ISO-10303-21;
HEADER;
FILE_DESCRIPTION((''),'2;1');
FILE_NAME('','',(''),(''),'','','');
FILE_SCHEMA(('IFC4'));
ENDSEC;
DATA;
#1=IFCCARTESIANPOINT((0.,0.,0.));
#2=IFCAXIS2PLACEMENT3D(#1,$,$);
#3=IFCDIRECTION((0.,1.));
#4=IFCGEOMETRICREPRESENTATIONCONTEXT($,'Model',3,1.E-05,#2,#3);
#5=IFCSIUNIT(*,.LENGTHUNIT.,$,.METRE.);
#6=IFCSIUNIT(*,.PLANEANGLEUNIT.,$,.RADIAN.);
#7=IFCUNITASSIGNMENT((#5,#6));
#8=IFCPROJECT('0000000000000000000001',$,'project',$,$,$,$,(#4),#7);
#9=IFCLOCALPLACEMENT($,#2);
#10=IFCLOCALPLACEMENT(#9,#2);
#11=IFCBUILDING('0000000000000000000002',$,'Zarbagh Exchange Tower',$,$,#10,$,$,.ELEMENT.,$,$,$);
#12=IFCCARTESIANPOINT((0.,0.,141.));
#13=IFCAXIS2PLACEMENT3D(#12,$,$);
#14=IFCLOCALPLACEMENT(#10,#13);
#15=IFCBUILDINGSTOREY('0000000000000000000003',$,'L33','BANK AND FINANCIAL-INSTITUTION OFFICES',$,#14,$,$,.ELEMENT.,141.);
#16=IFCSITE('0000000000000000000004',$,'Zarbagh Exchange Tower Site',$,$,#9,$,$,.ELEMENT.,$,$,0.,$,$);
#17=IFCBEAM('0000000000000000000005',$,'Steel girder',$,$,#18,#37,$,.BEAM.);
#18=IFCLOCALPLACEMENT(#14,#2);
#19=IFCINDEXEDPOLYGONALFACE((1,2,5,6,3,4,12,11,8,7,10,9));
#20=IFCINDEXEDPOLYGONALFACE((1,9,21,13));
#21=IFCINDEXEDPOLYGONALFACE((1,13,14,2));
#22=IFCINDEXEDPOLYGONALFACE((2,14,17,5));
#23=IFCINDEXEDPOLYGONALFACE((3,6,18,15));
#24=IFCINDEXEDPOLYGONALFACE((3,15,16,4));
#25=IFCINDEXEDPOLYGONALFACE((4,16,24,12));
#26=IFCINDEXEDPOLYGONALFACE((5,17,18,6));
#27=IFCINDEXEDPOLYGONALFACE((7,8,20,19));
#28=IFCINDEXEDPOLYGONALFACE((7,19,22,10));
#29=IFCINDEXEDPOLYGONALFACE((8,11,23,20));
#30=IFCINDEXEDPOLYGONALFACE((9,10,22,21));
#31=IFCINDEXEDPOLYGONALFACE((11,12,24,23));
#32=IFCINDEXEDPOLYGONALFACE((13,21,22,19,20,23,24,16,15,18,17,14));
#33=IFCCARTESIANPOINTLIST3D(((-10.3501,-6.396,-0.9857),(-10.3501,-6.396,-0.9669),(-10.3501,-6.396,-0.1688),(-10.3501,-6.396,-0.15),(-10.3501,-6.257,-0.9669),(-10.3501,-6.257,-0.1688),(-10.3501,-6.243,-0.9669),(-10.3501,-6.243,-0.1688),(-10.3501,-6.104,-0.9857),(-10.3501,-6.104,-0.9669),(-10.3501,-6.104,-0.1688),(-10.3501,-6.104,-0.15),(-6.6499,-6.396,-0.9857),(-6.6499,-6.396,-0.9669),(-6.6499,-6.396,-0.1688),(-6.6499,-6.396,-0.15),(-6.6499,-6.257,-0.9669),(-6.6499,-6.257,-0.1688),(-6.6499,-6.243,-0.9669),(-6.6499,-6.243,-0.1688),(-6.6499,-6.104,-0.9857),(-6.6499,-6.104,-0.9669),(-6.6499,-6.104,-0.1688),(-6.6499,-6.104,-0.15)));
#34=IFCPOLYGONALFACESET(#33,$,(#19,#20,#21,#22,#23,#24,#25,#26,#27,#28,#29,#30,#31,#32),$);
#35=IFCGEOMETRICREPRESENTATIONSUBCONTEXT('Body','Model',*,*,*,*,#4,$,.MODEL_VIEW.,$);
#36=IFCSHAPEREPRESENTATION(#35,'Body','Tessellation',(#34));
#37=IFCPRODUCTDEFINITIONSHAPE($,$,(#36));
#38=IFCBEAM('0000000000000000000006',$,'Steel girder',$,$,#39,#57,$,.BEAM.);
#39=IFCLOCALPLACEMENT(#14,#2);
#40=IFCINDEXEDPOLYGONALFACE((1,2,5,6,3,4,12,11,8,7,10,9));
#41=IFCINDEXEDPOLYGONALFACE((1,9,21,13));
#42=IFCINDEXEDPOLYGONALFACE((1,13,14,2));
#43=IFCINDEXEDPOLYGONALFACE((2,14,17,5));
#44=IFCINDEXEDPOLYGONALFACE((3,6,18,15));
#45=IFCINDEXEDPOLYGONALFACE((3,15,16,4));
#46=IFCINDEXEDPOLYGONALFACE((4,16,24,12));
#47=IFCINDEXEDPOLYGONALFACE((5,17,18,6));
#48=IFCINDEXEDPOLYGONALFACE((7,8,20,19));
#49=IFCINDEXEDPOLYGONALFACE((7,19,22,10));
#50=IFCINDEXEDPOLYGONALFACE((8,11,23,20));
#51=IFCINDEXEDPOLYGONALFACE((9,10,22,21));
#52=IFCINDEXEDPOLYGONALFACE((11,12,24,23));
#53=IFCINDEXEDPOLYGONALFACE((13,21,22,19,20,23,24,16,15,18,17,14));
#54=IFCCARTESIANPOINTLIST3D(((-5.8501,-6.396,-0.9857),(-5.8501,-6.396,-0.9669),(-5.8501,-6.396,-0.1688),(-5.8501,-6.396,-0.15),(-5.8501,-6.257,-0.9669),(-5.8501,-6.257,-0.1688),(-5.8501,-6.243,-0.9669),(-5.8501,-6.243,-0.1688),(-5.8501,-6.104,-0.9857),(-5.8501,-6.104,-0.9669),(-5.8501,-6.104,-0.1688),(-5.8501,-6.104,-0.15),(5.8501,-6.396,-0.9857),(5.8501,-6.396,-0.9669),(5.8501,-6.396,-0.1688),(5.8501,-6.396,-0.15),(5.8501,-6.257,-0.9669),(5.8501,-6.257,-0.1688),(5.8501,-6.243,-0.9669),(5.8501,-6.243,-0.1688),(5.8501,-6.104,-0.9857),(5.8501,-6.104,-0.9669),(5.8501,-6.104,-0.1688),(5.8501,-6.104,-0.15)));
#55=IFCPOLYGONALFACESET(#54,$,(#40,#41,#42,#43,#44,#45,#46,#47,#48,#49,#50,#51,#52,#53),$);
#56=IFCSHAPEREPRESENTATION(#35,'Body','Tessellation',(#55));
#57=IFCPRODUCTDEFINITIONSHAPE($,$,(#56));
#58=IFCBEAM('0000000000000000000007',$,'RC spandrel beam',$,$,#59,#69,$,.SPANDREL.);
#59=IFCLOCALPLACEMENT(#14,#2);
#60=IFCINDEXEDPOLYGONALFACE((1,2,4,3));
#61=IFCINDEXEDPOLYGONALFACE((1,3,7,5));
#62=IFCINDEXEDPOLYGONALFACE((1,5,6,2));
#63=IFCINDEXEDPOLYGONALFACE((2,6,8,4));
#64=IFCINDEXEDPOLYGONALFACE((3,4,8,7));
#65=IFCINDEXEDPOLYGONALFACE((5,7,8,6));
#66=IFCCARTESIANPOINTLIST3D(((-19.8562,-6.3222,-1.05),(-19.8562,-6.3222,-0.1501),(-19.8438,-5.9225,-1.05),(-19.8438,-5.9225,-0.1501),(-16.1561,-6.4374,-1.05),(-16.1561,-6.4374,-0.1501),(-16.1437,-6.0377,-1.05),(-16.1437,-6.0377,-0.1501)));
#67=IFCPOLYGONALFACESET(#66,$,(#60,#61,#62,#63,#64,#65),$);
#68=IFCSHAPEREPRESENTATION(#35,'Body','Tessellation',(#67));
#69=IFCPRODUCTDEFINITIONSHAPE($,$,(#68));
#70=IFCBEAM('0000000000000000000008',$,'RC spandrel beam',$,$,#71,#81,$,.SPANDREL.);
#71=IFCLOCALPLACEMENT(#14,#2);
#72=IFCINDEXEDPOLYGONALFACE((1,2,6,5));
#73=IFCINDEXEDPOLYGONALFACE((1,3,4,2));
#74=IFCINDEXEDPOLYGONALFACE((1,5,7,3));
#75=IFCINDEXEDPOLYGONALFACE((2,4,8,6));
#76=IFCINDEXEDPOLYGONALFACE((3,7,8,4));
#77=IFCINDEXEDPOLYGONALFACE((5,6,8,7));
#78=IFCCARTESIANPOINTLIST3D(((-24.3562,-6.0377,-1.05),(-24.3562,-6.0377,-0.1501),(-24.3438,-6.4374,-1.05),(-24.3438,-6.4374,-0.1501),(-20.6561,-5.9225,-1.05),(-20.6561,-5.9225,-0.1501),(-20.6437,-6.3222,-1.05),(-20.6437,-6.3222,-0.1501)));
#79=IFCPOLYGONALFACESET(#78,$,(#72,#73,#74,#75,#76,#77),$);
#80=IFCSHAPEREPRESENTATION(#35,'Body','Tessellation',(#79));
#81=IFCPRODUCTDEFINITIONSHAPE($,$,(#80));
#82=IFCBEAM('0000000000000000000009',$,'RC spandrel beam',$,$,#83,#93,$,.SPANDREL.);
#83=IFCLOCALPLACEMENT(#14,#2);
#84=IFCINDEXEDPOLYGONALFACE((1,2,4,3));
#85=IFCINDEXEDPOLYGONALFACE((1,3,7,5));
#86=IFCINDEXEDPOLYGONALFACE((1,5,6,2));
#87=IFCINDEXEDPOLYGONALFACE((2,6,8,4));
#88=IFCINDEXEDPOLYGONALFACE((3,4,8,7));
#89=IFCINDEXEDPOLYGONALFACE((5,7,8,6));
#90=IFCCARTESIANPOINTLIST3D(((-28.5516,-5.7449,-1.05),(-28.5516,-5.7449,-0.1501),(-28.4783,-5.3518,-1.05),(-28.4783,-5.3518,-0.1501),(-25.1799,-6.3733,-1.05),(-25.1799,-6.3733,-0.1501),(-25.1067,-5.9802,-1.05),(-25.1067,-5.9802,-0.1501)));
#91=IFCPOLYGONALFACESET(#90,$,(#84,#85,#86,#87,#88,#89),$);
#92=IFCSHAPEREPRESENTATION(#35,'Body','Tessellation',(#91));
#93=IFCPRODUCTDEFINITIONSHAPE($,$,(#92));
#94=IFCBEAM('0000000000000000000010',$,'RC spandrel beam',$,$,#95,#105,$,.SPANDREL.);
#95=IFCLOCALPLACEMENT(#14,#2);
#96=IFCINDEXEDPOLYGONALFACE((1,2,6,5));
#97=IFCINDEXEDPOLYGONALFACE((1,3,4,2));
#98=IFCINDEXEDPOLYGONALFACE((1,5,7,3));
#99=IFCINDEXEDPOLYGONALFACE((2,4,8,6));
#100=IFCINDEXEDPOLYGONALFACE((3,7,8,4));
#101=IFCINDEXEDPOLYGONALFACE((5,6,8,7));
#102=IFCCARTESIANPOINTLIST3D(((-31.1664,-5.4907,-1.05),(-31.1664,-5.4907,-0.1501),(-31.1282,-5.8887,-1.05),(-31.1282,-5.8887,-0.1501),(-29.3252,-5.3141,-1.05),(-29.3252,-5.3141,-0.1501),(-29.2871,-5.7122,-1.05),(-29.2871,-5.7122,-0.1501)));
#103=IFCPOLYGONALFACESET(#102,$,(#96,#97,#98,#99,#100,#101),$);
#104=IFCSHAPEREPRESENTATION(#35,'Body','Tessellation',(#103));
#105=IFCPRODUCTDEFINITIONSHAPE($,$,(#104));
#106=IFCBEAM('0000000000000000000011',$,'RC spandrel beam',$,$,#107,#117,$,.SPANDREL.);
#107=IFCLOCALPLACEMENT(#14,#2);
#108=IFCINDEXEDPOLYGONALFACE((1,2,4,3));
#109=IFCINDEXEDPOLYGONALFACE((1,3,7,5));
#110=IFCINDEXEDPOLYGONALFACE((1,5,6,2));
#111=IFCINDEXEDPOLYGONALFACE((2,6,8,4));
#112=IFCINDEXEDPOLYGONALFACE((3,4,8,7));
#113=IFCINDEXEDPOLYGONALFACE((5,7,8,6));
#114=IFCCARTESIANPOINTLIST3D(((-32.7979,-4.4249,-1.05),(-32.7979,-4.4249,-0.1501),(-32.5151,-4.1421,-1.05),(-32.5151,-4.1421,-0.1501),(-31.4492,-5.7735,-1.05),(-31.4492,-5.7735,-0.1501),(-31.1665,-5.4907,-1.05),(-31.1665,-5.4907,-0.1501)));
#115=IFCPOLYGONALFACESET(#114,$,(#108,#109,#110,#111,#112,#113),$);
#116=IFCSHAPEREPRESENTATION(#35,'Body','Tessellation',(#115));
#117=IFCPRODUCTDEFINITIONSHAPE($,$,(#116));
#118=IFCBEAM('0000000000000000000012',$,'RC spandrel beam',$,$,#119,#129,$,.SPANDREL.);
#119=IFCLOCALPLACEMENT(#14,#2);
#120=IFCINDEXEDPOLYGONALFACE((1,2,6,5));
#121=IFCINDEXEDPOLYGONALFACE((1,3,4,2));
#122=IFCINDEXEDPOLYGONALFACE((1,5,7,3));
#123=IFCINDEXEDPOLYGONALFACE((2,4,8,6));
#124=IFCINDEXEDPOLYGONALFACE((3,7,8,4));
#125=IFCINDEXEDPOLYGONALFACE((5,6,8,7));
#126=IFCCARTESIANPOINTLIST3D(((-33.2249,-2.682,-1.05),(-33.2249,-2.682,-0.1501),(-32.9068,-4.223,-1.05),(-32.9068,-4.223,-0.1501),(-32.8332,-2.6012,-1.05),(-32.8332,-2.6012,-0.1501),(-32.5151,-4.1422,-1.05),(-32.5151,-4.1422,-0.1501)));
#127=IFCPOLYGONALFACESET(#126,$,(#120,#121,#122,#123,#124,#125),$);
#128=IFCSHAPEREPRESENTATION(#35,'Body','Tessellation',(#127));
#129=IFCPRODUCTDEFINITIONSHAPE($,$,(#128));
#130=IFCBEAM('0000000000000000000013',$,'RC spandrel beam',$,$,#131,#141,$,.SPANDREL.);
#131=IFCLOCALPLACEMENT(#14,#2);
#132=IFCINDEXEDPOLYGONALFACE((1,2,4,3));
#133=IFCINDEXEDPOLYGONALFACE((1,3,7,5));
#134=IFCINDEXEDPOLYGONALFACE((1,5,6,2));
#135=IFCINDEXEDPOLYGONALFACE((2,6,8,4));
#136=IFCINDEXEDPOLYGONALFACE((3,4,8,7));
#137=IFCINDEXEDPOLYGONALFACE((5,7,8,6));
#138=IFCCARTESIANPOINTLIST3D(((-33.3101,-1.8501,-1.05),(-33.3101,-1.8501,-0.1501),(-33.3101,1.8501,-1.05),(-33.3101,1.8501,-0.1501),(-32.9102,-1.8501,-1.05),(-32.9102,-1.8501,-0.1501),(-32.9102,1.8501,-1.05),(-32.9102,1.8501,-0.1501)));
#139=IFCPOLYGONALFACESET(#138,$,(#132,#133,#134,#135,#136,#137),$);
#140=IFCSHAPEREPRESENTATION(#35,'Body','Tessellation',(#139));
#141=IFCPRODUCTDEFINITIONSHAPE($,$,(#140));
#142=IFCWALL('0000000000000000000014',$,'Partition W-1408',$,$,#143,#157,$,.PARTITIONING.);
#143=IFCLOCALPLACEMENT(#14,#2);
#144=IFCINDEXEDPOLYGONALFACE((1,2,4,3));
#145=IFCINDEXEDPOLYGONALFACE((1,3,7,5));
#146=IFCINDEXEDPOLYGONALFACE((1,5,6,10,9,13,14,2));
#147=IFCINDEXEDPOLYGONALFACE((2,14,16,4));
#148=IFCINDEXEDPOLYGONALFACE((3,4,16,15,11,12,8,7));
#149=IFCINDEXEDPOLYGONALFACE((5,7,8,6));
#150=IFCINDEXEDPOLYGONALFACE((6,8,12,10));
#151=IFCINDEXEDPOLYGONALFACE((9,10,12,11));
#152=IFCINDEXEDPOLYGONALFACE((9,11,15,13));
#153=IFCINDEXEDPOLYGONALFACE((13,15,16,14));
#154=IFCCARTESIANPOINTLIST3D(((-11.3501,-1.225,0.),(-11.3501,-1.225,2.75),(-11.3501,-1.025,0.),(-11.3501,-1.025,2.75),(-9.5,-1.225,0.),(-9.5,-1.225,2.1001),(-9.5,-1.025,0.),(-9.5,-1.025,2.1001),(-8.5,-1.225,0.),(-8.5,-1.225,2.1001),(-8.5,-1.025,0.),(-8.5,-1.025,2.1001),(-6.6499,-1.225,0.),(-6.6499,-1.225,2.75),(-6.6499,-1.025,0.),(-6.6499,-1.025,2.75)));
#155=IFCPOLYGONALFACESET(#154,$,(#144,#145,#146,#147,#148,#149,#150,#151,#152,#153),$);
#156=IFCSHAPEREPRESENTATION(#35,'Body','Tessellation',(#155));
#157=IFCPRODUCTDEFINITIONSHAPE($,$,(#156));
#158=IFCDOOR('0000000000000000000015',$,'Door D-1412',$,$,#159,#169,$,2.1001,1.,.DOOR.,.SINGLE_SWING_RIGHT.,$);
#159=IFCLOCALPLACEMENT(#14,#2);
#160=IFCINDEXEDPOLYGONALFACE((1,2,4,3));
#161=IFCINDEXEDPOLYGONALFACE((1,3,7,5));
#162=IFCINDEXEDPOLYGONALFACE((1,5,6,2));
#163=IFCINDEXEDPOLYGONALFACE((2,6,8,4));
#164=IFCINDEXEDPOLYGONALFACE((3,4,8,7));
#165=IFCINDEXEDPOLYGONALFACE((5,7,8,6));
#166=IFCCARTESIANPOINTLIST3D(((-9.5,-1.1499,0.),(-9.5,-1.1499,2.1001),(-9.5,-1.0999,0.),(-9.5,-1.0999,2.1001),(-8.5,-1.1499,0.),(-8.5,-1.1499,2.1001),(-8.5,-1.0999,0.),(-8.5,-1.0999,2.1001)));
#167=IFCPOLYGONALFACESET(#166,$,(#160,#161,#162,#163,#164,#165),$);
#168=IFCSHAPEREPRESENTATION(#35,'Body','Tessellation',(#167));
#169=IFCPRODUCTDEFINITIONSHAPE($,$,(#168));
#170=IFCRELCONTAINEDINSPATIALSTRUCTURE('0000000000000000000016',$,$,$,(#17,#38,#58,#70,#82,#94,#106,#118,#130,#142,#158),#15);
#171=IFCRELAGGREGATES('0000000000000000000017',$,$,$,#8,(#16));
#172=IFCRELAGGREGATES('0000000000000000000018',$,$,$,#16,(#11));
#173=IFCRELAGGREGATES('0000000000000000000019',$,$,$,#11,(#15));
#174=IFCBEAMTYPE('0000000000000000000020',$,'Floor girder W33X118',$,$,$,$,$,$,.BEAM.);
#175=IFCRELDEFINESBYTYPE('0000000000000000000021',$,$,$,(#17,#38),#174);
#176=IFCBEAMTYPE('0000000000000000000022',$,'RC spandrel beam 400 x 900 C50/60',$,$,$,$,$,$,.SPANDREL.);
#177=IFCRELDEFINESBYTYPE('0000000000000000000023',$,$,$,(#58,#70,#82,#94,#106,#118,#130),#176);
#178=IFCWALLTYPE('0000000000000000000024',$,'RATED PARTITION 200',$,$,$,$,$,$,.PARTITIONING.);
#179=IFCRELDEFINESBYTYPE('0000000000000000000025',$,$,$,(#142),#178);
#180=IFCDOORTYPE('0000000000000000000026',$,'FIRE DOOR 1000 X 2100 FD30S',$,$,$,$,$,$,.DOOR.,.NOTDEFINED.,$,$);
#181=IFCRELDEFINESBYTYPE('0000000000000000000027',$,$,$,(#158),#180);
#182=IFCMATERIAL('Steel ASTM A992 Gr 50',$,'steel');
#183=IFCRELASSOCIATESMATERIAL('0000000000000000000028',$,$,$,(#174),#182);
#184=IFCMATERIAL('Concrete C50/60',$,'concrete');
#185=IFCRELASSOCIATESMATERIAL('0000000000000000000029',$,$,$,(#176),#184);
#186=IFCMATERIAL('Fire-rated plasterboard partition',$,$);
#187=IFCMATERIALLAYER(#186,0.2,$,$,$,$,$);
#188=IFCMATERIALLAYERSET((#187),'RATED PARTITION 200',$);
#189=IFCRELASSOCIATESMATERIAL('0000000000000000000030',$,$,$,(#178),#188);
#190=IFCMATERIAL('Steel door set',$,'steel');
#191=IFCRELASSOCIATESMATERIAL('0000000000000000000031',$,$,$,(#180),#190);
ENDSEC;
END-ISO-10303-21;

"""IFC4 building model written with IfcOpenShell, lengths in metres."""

from ifc_helpers import new_model, si_unit, direction, frame, frame_2d, origin, origin_2d, place, context, subcontext, project, spatial, rectangle, i_section, extrude, material, layer, layer_set, material_profile, profile_set, type_object, element, fill, save


model = new_model("IFC4")

# Units and contexts
model_context = context("Model", 3, precision=1e-05, world=origin(), true_north=direction((0.0, 1.0)))
body_context = subcontext(model_context, "Body", "Model", "MODEL_VIEW")
ifc_project = project(units=[si_unit("LENGTHUNIT", "METRE"), si_unit("PLANEANGLEUNIT", "RADIAN")], contexts=[model_context])

# Site, building, storey
site_placement = place(None, origin())
site = spatial("IfcSite", under=ifc_project, at=site_placement, Name="Zarbagh Exchange Tower Site", CompositionType="ELEMENT", RefElevation=0.0)
building_placement = place(site_placement, origin())
building = spatial("IfcBuilding", under=site, at=building_placement, Name="Zarbagh Exchange Tower", CompositionType="ELEMENT")
storey_placement = place(building_placement, frame((0.0, 0.0, 141.0)))
storey = spatial("IfcBuildingStorey", under=building, at=storey_placement, Name="L33", Description="BANK AND FINANCIAL-INSTITUTION OFFICES", CompositionType="ELEMENT", Elevation=141.0)

# Shared definitions
ifc_material_1 = material(Name="Concrete C50/60", Category="concrete")

# Beams
ifc_material_2 = material(Name="Steel ASTM A992 Gr 50", Category="steel")
ifc_material_profile_1 = material_profile(ifc_material_2, i_section(OverallWidth=0.292, OverallDepth=0.8357, WebThickness=0.0139, FlangeThickness=0.0188, at=origin_2d()), Name="W33X118")
ifc_profile_set_1 = profile_set([ifc_material_profile_1], Name="Steel ASTM A992 Gr 50")
beam_type_1 = type_object("IfcBeamType", Name="Floor girder W33X118", PredefinedType="BEAM", material=ifc_profile_set_1)
beam_1_placement = place(storey_placement, frame((-10.3501, -6.25, -0.5679), z_axis=(1.0, 0.0, 0.0), x_axis=(0.0, 1.0, 0.0)))
element("IfcBeam", 1, at=beam_1_placement, inside=storey, type_object=beam_type_1, Name="Steel girder", PredefinedType="BEAM", context=body_context, shape_type="SweptSolid", body=[
    extrude(i_section(OverallWidth=0.292, OverallDepth=0.8357, WebThickness=0.0139, FlangeThickness=0.0188, at=origin_2d()), origin(), (0.0, 0.0, 1.0), 3.7002),
])
beam_2_placement = place(storey_placement, frame((-5.8501, -6.25, -0.5679), z_axis=(1.0, 0.0, 0.0), x_axis=(0.0, 1.0, 0.0)))
element("IfcBeam", 2, at=beam_2_placement, inside=storey, type_object=beam_type_1, Name="Steel girder", PredefinedType="BEAM", context=body_context, shape_type="SweptSolid", body=[
    extrude(i_section(OverallWidth=0.292, OverallDepth=0.8357, WebThickness=0.0139, FlangeThickness=0.0188, at=origin_2d()), origin(), (0.0, 0.0, 1.0), 11.7002),
])
ifc_material_profile_2 = material_profile(ifc_material_1, rectangle(XDim=0.3999, YDim=0.8999, at=origin_2d()), Name="RC spandrel beam 400 x 900 C50/60")
ifc_profile_set_2 = profile_set([ifc_material_profile_2], Name="Concrete C50/60")
beam_type_2 = type_object("IfcBeamType", Name="RC spandrel beam 400 x 900 C50/60", PredefinedType="SPANDREL", material=ifc_profile_set_2)
for number, where, z_axis, x_axis, name in (
    (3, (-16.1499, -6.2375, -0.6001), (-0.999515, 0.031128, 0.0), (-0.031128, -0.999515, 0.0), "RC spandrel beam"),
    (4, (-20.6499, -6.1223, -0.6001), (-0.999515, -0.031128, 0.0), (0.031128, -0.999515, 0.0), "RC spandrel beam"),
):
    element("IfcBeam", number, at=place(storey_placement, frame(where, z_axis=z_axis, x_axis=x_axis)), inside=storey, type_object=beam_type_2, Name=name, PredefinedType="SPANDREL", context=body_context, shape_type="SweptSolid", body=[
        extrude(rectangle(XDim=0.3999, YDim=0.8999, at=origin_2d()), origin(), (0.0, 0.0, 1.0), 3.7019),
    ])
beam_3_placement = place(storey_placement, frame((-25.1433, -6.1768, -0.6001), z_axis=(-0.98307, 0.183231, 0.0), x_axis=(-0.183231, -0.98307, 0.0)))
element("IfcBeam", 5, at=beam_3_placement, inside=storey, type_object=beam_type_2, Name="RC spandrel beam", PredefinedType="SPANDREL", context=body_context, shape_type="SweptSolid", body=[
    extrude(rectangle(XDim=0.3999, YDim=0.8999, at=origin_2d()), origin(), (0.0, 0.0, 1.0), 3.4297),
])
beam_4_placement = place(storey_placement, frame((-29.3062, -5.5132, -0.6001), z_axis=(-0.995435, -0.095438, 0.0), x_axis=(0.095438, -0.995435, 0.0)))
element("IfcBeam", 6, at=beam_4_placement, inside=storey, type_object=beam_type_2, Name="RC spandrel beam", PredefinedType="SPANDREL", context=body_context, shape_type="SweptSolid", body=[
    extrude(rectangle(XDim=0.3999, YDim=0.8999, at=origin_2d()), origin(), (0.0, 0.0, 1.0), 1.8496),
])
beam_5_placement = place(storey_placement, frame((-31.3079, -5.6321, -0.6001), z_axis=(-0.707107, 0.707107, 0.0), x_axis=(-0.707107, -0.707107, 0.0)))
element("IfcBeam", 7, at=beam_5_placement, inside=storey, type_object=beam_type_2, Name="RC spandrel beam", PredefinedType="SPANDREL", context=body_context, shape_type="SweptSolid", body=[
    extrude(rectangle(XDim=0.3999, YDim=0.8999, at=origin_2d()), origin(), (0.0, 0.0, 1.0), 1.9072),
])
beam_6_placement = place(storey_placement, frame((-32.7109, -4.1826, -0.6001), z_axis=(-0.202169, 0.979351, 0.0), x_axis=(-0.979351, -0.202169, 0.0)))
element("IfcBeam", 8, at=beam_6_placement, inside=storey, type_object=beam_type_2, Name="RC spandrel beam", PredefinedType="SPANDREL", context=body_context, shape_type="SweptSolid", body=[
    extrude(rectangle(XDim=0.3999, YDim=0.8999, at=origin_2d()), origin(), (0.0, 0.0, 1.0), 1.5735),
])
beam_7_placement = place(storey_placement, frame((-33.1101, -1.8501, -0.6001), z_axis=(0.0, 1.0, 0.0), x_axis=(-1.0, 0.0, 0.0)))
element("IfcBeam", 9, at=beam_7_placement, inside=storey, type_object=beam_type_2, Name="RC spandrel beam", PredefinedType="SPANDREL", context=body_context, shape_type="SweptSolid", body=[
    extrude(rectangle(XDim=0.3999, YDim=0.8999, at=origin_2d()), origin(), (0.0, 0.0, 1.0), 3.7002),
])

# Wall, opening, door
ifc_material_3 = material(Name="Fire-rated plasterboard partition")
ifc_layer = layer(ifc_material_3, 0.2)
ifc_layer_set = layer_set([ifc_layer], Name="RATED PARTITION 200")
wall_type = type_object("IfcWallType", Name="RATED PARTITION 200", PredefinedType="PARTITIONING", material=ifc_layer_set)
wall_1_placement = place(storey_placement, frame((-6.6499, -1.125, 0.0), z_axis=(0.0, 0.0, 1.0), x_axis=(-1.0, 0.0, 0.0)))
wall_1 = element("IfcWall", 10, at=wall_1_placement, inside=storey, type_object=wall_type, Name="Partition W-1408", PredefinedType="PARTITIONING", context=body_context, shape_type="SweptSolid", body=[
    extrude(rectangle(XDim=4.7002, YDim=0.2, at=frame_2d((2.3501, 0.0))), origin(), (0.0, 0.0, 1.0), 2.75),
])
opening_1_placement = place(wall_1_placement, frame((1.8501, 0.0, 0.0)))
opening_1 = element("IfcOpeningElement", 11, at=opening_1_placement, cuts=wall_1, PredefinedType="OPENING", context=body_context, shape_type="SweptSolid", body=[
    extrude(rectangle(XDim=1.0, YDim=2.1001, at=frame_2d((0.5, 1.05))), frame((0.0, 0.1099, 0.0), z_axis=(0.0, -1.0, 0.0), x_axis=(1.0, 0.0, 0.0)), (0.0, 0.0, 1.0), 0.22),
])
ifc_material_4 = material(Name="Steel door set", Category="steel")
door_type = type_object("IfcDoorType", Name="FIRE DOOR 1000 X 2100 FD30S", OperationType="NOTDEFINED", PredefinedType="DOOR", material=ifc_material_4)
door_1_placement = place(opening_1_placement, origin())
door_1 = element("IfcDoor", 12, at=door_1_placement, inside=storey, type_object=door_type, Name="Door D-1412", OperationType="SINGLE_SWING_RIGHT", OverallHeight=2.1001, OverallWidth=1.0, PredefinedType="DOOR", context=body_context, shape_type="SweptSolid", body=[
    extrude(rectangle(XDim=1.0, YDim=2.1001, at=frame_2d((0.5, 1.05))), frame((0.0, 0.0249, 0.0), z_axis=(0.0, -1.0, 0.0), x_axis=(1.0, 0.0, 0.0)), (0.0, 0.0, 1.0), 0.05),
])
fill(opening_1, door_1)

save(model, "model.ifc")
